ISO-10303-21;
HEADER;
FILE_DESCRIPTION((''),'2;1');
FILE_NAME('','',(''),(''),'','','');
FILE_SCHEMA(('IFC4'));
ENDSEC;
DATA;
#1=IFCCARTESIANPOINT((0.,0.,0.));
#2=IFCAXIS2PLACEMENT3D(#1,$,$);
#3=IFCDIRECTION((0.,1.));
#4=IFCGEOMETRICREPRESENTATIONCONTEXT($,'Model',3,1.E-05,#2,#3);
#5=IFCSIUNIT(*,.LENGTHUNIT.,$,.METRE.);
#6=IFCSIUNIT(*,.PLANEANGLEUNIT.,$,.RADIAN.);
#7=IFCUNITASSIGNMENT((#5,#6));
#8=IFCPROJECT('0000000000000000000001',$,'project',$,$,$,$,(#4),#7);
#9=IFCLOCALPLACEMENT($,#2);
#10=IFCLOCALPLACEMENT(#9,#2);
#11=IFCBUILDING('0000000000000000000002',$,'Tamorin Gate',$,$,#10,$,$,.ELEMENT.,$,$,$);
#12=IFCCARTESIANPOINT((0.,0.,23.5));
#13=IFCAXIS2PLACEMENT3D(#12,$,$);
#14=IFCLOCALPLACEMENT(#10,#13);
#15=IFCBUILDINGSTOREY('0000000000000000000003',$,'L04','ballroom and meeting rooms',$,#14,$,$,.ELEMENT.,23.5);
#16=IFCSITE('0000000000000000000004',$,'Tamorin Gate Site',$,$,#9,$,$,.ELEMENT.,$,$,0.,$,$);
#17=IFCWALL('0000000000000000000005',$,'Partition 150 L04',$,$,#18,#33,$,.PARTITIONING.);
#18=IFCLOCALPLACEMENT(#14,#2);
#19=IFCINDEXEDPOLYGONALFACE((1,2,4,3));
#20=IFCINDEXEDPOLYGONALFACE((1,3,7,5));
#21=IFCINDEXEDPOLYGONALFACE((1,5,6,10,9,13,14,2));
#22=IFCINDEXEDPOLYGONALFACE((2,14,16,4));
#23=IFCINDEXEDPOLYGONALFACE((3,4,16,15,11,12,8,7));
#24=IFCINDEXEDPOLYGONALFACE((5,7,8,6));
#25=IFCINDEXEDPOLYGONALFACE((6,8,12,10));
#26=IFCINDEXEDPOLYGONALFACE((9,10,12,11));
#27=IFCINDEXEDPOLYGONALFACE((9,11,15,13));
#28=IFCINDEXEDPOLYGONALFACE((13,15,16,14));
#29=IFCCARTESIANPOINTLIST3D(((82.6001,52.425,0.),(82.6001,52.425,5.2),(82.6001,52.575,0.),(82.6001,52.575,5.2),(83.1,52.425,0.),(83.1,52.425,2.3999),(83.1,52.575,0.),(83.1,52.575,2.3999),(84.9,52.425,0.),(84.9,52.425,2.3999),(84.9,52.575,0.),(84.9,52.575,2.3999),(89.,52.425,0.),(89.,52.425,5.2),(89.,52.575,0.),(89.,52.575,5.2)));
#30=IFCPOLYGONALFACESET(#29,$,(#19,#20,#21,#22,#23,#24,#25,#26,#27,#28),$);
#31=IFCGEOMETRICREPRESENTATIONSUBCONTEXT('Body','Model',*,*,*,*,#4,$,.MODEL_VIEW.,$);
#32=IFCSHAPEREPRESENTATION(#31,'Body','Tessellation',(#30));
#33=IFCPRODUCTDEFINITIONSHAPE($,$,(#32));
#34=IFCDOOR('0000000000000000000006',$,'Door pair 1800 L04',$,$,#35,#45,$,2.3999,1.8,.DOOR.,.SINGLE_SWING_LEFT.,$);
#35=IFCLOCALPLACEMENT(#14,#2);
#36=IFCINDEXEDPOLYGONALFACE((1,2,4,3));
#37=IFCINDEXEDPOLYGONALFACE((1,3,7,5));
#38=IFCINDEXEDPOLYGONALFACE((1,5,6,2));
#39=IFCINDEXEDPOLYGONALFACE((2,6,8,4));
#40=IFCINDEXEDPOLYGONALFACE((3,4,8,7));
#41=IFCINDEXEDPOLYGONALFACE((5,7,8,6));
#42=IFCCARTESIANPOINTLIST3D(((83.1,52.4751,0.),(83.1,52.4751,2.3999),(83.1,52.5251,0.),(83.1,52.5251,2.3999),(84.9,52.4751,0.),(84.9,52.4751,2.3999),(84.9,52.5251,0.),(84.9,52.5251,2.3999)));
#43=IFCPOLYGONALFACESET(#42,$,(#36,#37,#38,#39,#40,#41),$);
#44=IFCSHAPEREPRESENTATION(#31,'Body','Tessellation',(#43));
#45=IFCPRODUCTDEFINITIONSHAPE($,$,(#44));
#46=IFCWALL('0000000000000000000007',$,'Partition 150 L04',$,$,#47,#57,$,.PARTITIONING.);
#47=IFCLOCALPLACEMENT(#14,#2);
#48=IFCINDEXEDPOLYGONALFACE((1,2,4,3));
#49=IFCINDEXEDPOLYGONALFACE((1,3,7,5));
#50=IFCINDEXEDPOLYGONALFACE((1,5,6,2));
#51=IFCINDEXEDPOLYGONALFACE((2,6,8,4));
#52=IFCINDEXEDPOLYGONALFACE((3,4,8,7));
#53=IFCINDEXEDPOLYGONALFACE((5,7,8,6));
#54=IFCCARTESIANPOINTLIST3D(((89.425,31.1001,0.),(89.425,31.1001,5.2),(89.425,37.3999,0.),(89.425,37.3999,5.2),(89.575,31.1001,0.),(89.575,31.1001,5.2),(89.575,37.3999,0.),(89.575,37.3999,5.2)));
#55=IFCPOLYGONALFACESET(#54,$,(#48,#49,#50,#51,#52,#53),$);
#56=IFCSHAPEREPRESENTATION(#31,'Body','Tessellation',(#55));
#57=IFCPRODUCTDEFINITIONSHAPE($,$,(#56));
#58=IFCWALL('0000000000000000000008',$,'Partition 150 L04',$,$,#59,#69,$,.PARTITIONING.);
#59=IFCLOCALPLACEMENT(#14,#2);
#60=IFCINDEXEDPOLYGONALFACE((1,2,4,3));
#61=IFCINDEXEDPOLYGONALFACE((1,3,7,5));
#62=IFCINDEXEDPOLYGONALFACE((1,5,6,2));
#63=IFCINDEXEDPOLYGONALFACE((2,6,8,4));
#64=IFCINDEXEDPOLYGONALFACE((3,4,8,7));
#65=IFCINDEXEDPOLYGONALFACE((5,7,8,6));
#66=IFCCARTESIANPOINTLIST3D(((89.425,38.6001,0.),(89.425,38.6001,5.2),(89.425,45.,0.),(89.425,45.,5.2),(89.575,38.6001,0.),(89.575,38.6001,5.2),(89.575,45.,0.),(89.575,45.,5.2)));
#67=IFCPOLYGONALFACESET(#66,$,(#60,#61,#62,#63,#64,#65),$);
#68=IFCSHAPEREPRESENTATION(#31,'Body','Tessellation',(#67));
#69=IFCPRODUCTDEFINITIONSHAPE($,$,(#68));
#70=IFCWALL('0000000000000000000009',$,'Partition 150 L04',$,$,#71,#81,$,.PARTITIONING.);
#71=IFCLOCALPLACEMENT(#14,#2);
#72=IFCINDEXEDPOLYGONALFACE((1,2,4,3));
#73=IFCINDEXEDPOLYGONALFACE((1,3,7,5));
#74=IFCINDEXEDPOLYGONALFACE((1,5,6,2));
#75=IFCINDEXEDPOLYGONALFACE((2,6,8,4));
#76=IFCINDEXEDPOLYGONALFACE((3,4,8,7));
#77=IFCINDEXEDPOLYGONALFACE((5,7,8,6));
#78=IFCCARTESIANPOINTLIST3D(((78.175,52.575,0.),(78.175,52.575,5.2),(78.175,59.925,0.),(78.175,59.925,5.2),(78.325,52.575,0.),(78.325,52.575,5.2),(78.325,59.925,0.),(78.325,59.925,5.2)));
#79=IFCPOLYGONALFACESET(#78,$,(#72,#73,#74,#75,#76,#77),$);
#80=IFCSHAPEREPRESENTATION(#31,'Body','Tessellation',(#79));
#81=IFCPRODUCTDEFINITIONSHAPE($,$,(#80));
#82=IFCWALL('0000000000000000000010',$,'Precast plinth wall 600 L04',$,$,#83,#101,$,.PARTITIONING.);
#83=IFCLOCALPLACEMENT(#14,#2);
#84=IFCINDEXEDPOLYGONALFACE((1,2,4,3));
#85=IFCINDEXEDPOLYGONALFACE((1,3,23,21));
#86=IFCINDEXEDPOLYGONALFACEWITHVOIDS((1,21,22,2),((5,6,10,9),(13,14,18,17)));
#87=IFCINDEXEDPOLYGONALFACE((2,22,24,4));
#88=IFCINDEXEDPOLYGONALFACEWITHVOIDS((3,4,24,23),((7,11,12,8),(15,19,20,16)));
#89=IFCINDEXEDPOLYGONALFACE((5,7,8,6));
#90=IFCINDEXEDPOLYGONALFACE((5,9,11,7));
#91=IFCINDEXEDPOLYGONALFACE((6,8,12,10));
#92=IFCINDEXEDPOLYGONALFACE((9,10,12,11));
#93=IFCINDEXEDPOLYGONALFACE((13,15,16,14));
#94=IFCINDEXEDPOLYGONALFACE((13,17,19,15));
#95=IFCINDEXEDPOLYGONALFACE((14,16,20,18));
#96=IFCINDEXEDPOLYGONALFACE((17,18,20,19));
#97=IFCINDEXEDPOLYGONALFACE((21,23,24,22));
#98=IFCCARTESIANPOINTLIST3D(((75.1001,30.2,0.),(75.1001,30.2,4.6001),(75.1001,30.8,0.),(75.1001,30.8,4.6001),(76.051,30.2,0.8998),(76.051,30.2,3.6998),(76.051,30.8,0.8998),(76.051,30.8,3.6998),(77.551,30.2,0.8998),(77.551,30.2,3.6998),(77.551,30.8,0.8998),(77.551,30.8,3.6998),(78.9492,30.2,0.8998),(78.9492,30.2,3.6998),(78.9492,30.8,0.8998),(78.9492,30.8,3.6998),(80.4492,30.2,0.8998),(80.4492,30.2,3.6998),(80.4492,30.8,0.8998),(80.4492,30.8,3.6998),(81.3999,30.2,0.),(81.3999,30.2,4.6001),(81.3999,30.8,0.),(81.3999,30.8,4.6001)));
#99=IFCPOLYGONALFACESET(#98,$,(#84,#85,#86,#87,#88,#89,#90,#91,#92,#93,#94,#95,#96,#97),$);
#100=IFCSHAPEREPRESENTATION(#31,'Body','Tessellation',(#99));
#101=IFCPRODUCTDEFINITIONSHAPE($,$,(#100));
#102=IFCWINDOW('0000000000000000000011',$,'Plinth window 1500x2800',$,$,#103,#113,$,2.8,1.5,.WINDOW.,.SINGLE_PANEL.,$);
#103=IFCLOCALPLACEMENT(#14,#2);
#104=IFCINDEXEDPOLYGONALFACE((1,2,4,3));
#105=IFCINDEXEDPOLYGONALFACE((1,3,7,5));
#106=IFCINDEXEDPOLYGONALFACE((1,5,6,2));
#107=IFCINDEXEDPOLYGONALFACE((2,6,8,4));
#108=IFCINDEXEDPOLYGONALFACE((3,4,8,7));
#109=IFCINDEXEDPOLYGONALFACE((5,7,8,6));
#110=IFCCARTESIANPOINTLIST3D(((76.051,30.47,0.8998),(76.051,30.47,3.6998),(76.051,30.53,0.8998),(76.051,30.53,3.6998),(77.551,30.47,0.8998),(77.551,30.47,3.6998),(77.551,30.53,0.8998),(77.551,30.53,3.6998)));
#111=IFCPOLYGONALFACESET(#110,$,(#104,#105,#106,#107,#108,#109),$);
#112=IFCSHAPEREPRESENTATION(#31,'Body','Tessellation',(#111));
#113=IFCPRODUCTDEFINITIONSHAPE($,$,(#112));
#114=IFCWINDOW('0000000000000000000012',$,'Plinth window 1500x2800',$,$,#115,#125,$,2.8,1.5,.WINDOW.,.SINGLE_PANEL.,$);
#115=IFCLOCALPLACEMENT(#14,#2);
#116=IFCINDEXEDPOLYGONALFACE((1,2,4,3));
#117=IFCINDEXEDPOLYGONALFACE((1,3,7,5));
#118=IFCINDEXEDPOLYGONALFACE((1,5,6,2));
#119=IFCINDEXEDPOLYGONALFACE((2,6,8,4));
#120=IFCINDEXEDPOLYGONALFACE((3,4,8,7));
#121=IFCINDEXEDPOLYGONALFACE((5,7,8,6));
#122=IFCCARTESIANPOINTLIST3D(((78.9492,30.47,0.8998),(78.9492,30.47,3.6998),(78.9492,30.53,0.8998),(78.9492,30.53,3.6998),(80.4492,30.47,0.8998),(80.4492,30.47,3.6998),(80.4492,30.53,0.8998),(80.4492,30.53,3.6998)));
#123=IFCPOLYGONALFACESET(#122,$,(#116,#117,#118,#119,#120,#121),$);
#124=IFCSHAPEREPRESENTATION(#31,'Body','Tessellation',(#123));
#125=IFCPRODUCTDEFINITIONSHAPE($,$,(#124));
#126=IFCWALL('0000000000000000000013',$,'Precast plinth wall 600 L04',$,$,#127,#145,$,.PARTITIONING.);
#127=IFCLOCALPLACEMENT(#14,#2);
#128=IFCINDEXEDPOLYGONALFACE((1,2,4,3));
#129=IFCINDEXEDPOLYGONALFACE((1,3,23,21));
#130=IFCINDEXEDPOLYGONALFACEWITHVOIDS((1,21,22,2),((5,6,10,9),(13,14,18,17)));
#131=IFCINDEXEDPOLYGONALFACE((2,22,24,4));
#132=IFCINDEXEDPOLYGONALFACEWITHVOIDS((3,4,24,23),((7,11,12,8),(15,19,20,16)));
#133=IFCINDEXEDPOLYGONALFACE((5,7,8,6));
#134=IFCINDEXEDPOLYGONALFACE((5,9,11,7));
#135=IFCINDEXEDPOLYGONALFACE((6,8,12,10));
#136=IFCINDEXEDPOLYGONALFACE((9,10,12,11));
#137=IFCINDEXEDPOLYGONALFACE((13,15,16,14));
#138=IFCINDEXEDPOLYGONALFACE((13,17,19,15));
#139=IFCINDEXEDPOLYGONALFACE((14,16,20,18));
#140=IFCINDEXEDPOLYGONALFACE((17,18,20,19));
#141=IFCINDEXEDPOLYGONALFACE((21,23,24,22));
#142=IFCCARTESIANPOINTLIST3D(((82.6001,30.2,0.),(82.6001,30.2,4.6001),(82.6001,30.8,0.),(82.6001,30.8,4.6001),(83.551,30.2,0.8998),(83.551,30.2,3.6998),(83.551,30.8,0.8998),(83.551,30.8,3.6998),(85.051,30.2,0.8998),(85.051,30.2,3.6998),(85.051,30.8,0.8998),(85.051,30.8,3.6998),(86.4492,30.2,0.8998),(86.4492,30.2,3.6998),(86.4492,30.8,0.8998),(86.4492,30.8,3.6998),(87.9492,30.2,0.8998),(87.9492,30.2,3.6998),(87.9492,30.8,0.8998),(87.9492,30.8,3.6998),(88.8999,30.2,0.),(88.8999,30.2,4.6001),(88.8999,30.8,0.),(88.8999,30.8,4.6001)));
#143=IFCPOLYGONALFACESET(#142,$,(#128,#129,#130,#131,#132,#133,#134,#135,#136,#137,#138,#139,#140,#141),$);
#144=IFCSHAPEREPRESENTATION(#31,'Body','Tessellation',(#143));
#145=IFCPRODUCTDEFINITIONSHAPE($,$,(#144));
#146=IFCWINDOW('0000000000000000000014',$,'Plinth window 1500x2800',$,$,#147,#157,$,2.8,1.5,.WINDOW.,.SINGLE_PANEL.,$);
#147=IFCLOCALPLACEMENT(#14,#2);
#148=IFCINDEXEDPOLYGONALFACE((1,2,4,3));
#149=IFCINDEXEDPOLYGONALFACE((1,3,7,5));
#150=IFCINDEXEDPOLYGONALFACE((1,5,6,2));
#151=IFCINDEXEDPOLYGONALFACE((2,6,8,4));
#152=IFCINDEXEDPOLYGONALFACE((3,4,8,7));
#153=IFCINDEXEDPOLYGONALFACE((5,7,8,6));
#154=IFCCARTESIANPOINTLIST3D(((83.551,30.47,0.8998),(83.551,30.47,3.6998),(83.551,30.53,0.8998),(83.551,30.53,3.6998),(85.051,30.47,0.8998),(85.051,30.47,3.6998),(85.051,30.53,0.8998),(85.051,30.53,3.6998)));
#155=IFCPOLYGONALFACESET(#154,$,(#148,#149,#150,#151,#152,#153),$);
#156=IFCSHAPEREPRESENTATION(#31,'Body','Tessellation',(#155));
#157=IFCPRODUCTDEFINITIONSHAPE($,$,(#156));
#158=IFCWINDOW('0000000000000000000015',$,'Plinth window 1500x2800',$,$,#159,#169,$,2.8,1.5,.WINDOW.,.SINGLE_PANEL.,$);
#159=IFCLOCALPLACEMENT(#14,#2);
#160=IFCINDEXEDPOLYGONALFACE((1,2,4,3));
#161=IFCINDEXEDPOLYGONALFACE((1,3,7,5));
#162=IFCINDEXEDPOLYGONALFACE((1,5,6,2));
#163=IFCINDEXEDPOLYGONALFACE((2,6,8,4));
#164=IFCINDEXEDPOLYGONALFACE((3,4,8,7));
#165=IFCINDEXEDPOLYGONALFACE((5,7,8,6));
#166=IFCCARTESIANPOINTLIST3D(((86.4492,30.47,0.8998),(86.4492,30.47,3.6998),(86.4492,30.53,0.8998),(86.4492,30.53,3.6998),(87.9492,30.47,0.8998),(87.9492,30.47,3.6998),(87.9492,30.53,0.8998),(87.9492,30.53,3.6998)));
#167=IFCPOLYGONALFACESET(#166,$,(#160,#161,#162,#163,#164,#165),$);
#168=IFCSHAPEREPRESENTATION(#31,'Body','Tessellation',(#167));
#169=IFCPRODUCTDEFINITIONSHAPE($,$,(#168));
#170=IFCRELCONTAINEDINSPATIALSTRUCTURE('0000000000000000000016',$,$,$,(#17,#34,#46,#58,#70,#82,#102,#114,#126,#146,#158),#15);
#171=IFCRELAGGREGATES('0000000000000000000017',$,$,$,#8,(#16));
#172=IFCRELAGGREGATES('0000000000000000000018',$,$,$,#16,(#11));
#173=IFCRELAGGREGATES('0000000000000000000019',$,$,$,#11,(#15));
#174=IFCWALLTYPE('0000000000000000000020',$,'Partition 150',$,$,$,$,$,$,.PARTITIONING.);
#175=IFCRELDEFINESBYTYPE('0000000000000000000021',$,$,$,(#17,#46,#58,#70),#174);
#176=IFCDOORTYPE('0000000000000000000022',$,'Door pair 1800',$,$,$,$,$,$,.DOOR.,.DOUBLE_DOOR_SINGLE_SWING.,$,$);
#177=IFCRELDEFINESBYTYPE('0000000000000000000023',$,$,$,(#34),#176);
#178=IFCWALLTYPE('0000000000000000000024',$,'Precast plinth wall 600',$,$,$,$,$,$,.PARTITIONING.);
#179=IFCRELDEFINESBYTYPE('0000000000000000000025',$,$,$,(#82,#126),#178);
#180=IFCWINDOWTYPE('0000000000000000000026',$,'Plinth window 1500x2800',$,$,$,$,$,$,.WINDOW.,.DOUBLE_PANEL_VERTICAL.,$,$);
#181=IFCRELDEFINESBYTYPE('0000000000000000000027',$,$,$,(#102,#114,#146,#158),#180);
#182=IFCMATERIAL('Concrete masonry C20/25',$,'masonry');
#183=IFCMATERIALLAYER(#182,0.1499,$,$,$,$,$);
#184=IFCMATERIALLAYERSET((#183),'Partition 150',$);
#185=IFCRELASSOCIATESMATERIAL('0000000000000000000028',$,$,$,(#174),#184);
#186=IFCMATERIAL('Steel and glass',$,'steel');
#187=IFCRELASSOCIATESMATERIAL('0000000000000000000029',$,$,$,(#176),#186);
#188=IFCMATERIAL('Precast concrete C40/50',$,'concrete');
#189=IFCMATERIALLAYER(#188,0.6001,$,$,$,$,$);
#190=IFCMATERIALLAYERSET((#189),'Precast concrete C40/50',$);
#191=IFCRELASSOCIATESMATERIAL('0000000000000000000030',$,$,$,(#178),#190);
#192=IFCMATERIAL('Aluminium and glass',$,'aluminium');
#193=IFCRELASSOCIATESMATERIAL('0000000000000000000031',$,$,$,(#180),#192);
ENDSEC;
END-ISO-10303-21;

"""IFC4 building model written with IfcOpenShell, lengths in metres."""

from ifc_helpers import new_model, si_unit, direction, frame, frame_2d, origin, place, context, subcontext, project, spatial, rectangle, extrude, material, layer, layer_set, type_object, element, fill, save


model = new_model("IFC4")

# Units and contexts
model_context = context("Model", 3, precision=1e-05, world=origin(), true_north=direction((0.0, 1.0)))
body_context = subcontext(model_context, "Body", "Model", "MODEL_VIEW")
ifc_project = project(units=[si_unit("LENGTHUNIT", "METRE"), si_unit("PLANEANGLEUNIT", "RADIAN")], contexts=[model_context])

# Site, building, storey
site_placement = place(None, origin())
site = spatial("IfcSite", under=ifc_project, at=site_placement, Name="Tamorin Gate Site", CompositionType="ELEMENT", RefElevation=0.0)
building_placement = place(site_placement, origin())
building = spatial("IfcBuilding", under=site, at=building_placement, Name="Tamorin Gate", CompositionType="ELEMENT")
storey_placement = place(building_placement, frame((0.0, 0.0, 23.5)))
storey = spatial("IfcBuildingStorey", under=building, at=storey_placement, Name="L04", Description="ballroom and meeting rooms", CompositionType="ELEMENT", Elevation=23.5)

# Shared definitions
ifc_material_1 = material(Name="Concrete masonry C20/25", Category="masonry")
ifc_layer_1 = layer(ifc_material_1, 0.1499)
ifc_layer_set_1 = layer_set([ifc_layer_1], Name="Partition 150")
wall_type_1 = type_object("IfcWallType", Name="Partition 150", PredefinedType="PARTITIONING", material=ifc_layer_set_1)

# Shared definitions
ifc_material_2 = material(Name="Steel and glass", Category="steel")
door_type = type_object("IfcDoorType", Name="Door pair 1800", OperationType="DOUBLE_DOOR_SINGLE_SWING", PredefinedType="DOOR", material=ifc_material_2)

# Wall, opening, door
wall_1_placement = place(storey_placement, frame((89.0, 52.5, 0.0), z_axis=(0.0, 0.0, 1.0), x_axis=(-1.0, 0.0, 0.0)))
wall_1 = element("IfcWall", 1, at=wall_1_placement, inside=storey, type_object=wall_type_1, Name="Partition 150 L04", PredefinedType="PARTITIONING", context=body_context, shape_type="SweptSolid", body=[
    extrude(rectangle(XDim=6.3999, YDim=0.1499, at=frame_2d((3.2, 0.0))), origin(), (0.0, 0.0, 1.0), 5.2),
])
opening_1_placement = place(wall_1_placement, frame((4.1001, 0.0, 0.0)))
opening_1 = element("IfcOpeningElement", 2, at=opening_1_placement, cuts=wall_1, PredefinedType="OPENING", context=body_context, shape_type="SweptSolid", body=[
    extrude(rectangle(XDim=1.8, YDim=2.3999, at=frame_2d((0.8999, 1.2))), frame((0.0, 0.085, 0.0), z_axis=(0.0, -1.0, 0.0), x_axis=(1.0, 0.0, 0.0)), (0.0, 0.0, 1.0), 0.1699),
])
door_1_placement = place(opening_1_placement, origin())
door_1 = element("IfcDoor", 3, at=door_1_placement, inside=storey, type_object=door_type, Name="Door pair 1800 L04", OperationType="SINGLE_SWING_LEFT", OverallHeight=2.3999, OverallWidth=1.8, PredefinedType="DOOR", context=body_context, shape_type="SweptSolid", body=[
    extrude(rectangle(XDim=1.8, YDim=2.3999, at=frame_2d((0.8999, 1.2))), frame((0.0, 0.0249, 0.0), z_axis=(0.0, -1.0, 0.0), x_axis=(1.0, 0.0, 0.0)), (0.0, 0.0, 1.0), 0.05),
])
fill(opening_1, door_1)

# Walls
wall_2_placement = place(storey_placement, frame((89.5, 31.1001, 0.0), z_axis=(0.0, 0.0, 1.0), x_axis=(0.0, 1.0, 0.0)))
element("IfcWall", 4, at=wall_2_placement, inside=storey, type_object=wall_type_1, Name="Partition 150 L04", PredefinedType="PARTITIONING", context=body_context, shape_type="SweptSolid", body=[
    extrude(rectangle(XDim=6.2998, YDim=0.1499, at=frame_2d((3.1499, 0.0))), origin(), (0.0, 0.0, 1.0), 5.2),
])
wall_3_placement = place(storey_placement, frame((89.5, 38.6001, 0.0), z_axis=(0.0, 0.0, 1.0), x_axis=(0.0, 1.0, 0.0)))
element("IfcWall", 5, at=wall_3_placement, inside=storey, type_object=wall_type_1, Name="Partition 150 L04", PredefinedType="PARTITIONING", context=body_context, shape_type="SweptSolid", body=[
    extrude(rectangle(XDim=6.3999, YDim=0.1499, at=frame_2d((3.2, 0.0))), origin(), (0.0, 0.0, 1.0), 5.2),
])
wall_4_placement = place(storey_placement, frame((78.25, 52.575, 0.0), z_axis=(0.0, 0.0, 1.0), x_axis=(0.0, 1.0, 0.0)))
element("IfcWall", 6, at=wall_4_placement, inside=storey, type_object=wall_type_1, Name="Partition 150 L04", PredefinedType="PARTITIONING", context=body_context, shape_type="SweptSolid", body=[
    extrude(rectangle(XDim=7.3501, YDim=0.1499, at=frame_2d((3.675, 0.0))), origin(), (0.0, 0.0, 1.0), 5.2),
])

# Walls, openings, windows
ifc_material_3 = material(Name="Precast concrete C40/50", Category="concrete")
ifc_layer_2 = layer(ifc_material_3, 0.6001)
ifc_layer_set_2 = layer_set([ifc_layer_2], Name="Precast concrete C40/50")
wall_type_2 = type_object("IfcWallType", Name="Precast plinth wall 600", PredefinedType="PARTITIONING", material=ifc_layer_set_2)
wall_5_placement = place(storey_placement, frame((75.1001, 30.5, 0.0), z_axis=(0.0, 0.0, 1.0), x_axis=(1.0, 0.0, 0.0)))
wall_5 = element("IfcWall", 7, at=wall_5_placement, inside=storey, type_object=wall_type_2, Name="Precast plinth wall 600 L04", PredefinedType="PARTITIONING", context=body_context, shape_type="SweptSolid", body=[
    extrude(rectangle(XDim=6.2998, YDim=0.6001, at=frame_2d((3.1499, 0.0))), origin(), (0.0, 0.0, 1.0), 4.6001),
])
opening_2_placement = place(wall_5_placement, frame((0.9509, 0.0, 0.8999)))
opening_2 = element("IfcOpeningElement", 8, at=opening_2_placement, cuts=wall_5, PredefinedType="OPENING", context=body_context, shape_type="SweptSolid", body=[
    extrude(rectangle(XDim=1.5, YDim=2.8, at=frame_2d((0.75, 1.3999))), frame((0.0, 0.3101, 0.0), z_axis=(0.0, -1.0, 0.0), x_axis=(1.0, 0.0, 0.0)), (0.0, 0.0, 1.0), 0.6201),
])
opening_3_placement = place(wall_5_placement, frame((3.8491, 0.0, 0.8999)))
opening_3 = element("IfcOpeningElement", 9, at=opening_3_placement, cuts=wall_5, PredefinedType="OPENING", context=body_context, shape_type="SweptSolid", body=[
    extrude(rectangle(XDim=1.5, YDim=2.8, at=frame_2d((0.75, 1.3999))), frame((0.0, 0.3101, 0.0), z_axis=(0.0, -1.0, 0.0), x_axis=(1.0, 0.0, 0.0)), (0.0, 0.0, 1.0), 0.6201),
])
ifc_material_4 = material(Name="Aluminium and glass", Category="aluminium")
window_type = type_object("IfcWindowType", Name="Plinth window 1500x2800", PartitioningType="DOUBLE_PANEL_VERTICAL", PredefinedType="WINDOW", material=ifc_material_4)
window_1_placement = place(opening_2_placement, origin())
window_1 = element("IfcWindow", 10, at=window_1_placement, inside=storey, type_object=window_type, Name="Plinth window 1500x2800", OverallHeight=2.8, OverallWidth=1.5, PartitioningType="SINGLE_PANEL", PredefinedType="WINDOW", context=body_context, shape_type="SweptSolid", body=[
    extrude(rectangle(XDim=1.5, YDim=2.8, at=frame_2d((0.75, 1.3999))), frame((0.0, 0.03, 0.0), z_axis=(0.0, -1.0, 0.0), x_axis=(1.0, 0.0, 0.0)), (0.0, 0.0, 1.0), 0.0601),
])
fill(opening_2, window_1)
window_2_placement = place(opening_3_placement, origin())
window_2 = element("IfcWindow", 11, at=window_2_placement, inside=storey, type_object=window_type, Name="Plinth window 1500x2800", OverallHeight=2.8, OverallWidth=1.5, PartitioningType="SINGLE_PANEL", PredefinedType="WINDOW", context=body_context, shape_type="SweptSolid", body=[
    extrude(rectangle(XDim=1.5, YDim=2.8, at=frame_2d((0.75, 1.3999))), frame((0.0, 0.03, 0.0), z_axis=(0.0, -1.0, 0.0), x_axis=(1.0, 0.0, 0.0)), (0.0, 0.0, 1.0), 0.0601),
])
fill(opening_3, window_2)
wall_6_placement = place(storey_placement, frame((82.6001, 30.5, 0.0), z_axis=(0.0, 0.0, 1.0), x_axis=(1.0, 0.0, 0.0)))
wall_6 = element("IfcWall", 12, at=wall_6_placement, inside=storey, type_object=wall_type_2, Name="Precast plinth wall 600 L04", PredefinedType="PARTITIONING", context=body_context, shape_type="SweptSolid", body=[
    extrude(rectangle(XDim=6.2998, YDim=0.6001, at=frame_2d((3.1499, 0.0))), origin(), (0.0, 0.0, 1.0), 4.6001),
])
opening_4_placement = place(wall_6_placement, frame((0.9509, 0.0, 0.8999)))
opening_4 = element("IfcOpeningElement", 13, at=opening_4_placement, cuts=wall_6, PredefinedType="OPENING", context=body_context, shape_type="SweptSolid", body=[
    extrude(rectangle(XDim=1.5, YDim=2.8, at=frame_2d((0.75, 1.3999))), frame((0.0, 0.3101, 0.0), z_axis=(0.0, -1.0, 0.0), x_axis=(1.0, 0.0, 0.0)), (0.0, 0.0, 1.0), 0.6201),
])
opening_5_placement = place(wall_6_placement, frame((3.8491, 0.0, 0.8999)))
opening_5 = element("IfcOpeningElement", 14, at=opening_5_placement, cuts=wall_6, PredefinedType="OPENING", context=body_context, shape_type="SweptSolid", body=[
    extrude(rectangle(XDim=1.5, YDim=2.8, at=frame_2d((0.75, 1.3999))), frame((0.0, 0.3101, 0.0), z_axis=(0.0, -1.0, 0.0), x_axis=(1.0, 0.0, 0.0)), (0.0, 0.0, 1.0), 0.6201),
])
window_3_placement = place(opening_4_placement, origin())
window_3 = element("IfcWindow", 15, at=window_3_placement, inside=storey, type_object=window_type, Name="Plinth window 1500x2800", OverallHeight=2.8, OverallWidth=1.5, PartitioningType="SINGLE_PANEL", PredefinedType="WINDOW", context=body_context, shape_type="SweptSolid", body=[
    extrude(rectangle(XDim=1.5, YDim=2.8, at=frame_2d((0.75, 1.3999))), frame((0.0, 0.03, 0.0), z_axis=(0.0, -1.0, 0.0), x_axis=(1.0, 0.0, 0.0)), (0.0, 0.0, 1.0), 0.0601),
])
fill(opening_4, window_3)
window_4_placement = place(opening_5_placement, origin())
window_4 = element("IfcWindow", 16, at=window_4_placement, inside=storey, type_object=window_type, Name="Plinth window 1500x2800", OverallHeight=2.8, OverallWidth=1.5, PartitioningType="SINGLE_PANEL", PredefinedType="WINDOW", context=body_context, shape_type="SweptSolid", body=[
    extrude(rectangle(XDim=1.5, YDim=2.8, at=frame_2d((0.75, 1.3999))), frame((0.0, 0.03, 0.0), z_axis=(0.0, -1.0, 0.0), x_axis=(1.0, 0.0, 0.0)), (0.0, 0.0, 1.0), 0.0601),
])
fill(opening_5, window_4)

save(model, "model.ifc")
